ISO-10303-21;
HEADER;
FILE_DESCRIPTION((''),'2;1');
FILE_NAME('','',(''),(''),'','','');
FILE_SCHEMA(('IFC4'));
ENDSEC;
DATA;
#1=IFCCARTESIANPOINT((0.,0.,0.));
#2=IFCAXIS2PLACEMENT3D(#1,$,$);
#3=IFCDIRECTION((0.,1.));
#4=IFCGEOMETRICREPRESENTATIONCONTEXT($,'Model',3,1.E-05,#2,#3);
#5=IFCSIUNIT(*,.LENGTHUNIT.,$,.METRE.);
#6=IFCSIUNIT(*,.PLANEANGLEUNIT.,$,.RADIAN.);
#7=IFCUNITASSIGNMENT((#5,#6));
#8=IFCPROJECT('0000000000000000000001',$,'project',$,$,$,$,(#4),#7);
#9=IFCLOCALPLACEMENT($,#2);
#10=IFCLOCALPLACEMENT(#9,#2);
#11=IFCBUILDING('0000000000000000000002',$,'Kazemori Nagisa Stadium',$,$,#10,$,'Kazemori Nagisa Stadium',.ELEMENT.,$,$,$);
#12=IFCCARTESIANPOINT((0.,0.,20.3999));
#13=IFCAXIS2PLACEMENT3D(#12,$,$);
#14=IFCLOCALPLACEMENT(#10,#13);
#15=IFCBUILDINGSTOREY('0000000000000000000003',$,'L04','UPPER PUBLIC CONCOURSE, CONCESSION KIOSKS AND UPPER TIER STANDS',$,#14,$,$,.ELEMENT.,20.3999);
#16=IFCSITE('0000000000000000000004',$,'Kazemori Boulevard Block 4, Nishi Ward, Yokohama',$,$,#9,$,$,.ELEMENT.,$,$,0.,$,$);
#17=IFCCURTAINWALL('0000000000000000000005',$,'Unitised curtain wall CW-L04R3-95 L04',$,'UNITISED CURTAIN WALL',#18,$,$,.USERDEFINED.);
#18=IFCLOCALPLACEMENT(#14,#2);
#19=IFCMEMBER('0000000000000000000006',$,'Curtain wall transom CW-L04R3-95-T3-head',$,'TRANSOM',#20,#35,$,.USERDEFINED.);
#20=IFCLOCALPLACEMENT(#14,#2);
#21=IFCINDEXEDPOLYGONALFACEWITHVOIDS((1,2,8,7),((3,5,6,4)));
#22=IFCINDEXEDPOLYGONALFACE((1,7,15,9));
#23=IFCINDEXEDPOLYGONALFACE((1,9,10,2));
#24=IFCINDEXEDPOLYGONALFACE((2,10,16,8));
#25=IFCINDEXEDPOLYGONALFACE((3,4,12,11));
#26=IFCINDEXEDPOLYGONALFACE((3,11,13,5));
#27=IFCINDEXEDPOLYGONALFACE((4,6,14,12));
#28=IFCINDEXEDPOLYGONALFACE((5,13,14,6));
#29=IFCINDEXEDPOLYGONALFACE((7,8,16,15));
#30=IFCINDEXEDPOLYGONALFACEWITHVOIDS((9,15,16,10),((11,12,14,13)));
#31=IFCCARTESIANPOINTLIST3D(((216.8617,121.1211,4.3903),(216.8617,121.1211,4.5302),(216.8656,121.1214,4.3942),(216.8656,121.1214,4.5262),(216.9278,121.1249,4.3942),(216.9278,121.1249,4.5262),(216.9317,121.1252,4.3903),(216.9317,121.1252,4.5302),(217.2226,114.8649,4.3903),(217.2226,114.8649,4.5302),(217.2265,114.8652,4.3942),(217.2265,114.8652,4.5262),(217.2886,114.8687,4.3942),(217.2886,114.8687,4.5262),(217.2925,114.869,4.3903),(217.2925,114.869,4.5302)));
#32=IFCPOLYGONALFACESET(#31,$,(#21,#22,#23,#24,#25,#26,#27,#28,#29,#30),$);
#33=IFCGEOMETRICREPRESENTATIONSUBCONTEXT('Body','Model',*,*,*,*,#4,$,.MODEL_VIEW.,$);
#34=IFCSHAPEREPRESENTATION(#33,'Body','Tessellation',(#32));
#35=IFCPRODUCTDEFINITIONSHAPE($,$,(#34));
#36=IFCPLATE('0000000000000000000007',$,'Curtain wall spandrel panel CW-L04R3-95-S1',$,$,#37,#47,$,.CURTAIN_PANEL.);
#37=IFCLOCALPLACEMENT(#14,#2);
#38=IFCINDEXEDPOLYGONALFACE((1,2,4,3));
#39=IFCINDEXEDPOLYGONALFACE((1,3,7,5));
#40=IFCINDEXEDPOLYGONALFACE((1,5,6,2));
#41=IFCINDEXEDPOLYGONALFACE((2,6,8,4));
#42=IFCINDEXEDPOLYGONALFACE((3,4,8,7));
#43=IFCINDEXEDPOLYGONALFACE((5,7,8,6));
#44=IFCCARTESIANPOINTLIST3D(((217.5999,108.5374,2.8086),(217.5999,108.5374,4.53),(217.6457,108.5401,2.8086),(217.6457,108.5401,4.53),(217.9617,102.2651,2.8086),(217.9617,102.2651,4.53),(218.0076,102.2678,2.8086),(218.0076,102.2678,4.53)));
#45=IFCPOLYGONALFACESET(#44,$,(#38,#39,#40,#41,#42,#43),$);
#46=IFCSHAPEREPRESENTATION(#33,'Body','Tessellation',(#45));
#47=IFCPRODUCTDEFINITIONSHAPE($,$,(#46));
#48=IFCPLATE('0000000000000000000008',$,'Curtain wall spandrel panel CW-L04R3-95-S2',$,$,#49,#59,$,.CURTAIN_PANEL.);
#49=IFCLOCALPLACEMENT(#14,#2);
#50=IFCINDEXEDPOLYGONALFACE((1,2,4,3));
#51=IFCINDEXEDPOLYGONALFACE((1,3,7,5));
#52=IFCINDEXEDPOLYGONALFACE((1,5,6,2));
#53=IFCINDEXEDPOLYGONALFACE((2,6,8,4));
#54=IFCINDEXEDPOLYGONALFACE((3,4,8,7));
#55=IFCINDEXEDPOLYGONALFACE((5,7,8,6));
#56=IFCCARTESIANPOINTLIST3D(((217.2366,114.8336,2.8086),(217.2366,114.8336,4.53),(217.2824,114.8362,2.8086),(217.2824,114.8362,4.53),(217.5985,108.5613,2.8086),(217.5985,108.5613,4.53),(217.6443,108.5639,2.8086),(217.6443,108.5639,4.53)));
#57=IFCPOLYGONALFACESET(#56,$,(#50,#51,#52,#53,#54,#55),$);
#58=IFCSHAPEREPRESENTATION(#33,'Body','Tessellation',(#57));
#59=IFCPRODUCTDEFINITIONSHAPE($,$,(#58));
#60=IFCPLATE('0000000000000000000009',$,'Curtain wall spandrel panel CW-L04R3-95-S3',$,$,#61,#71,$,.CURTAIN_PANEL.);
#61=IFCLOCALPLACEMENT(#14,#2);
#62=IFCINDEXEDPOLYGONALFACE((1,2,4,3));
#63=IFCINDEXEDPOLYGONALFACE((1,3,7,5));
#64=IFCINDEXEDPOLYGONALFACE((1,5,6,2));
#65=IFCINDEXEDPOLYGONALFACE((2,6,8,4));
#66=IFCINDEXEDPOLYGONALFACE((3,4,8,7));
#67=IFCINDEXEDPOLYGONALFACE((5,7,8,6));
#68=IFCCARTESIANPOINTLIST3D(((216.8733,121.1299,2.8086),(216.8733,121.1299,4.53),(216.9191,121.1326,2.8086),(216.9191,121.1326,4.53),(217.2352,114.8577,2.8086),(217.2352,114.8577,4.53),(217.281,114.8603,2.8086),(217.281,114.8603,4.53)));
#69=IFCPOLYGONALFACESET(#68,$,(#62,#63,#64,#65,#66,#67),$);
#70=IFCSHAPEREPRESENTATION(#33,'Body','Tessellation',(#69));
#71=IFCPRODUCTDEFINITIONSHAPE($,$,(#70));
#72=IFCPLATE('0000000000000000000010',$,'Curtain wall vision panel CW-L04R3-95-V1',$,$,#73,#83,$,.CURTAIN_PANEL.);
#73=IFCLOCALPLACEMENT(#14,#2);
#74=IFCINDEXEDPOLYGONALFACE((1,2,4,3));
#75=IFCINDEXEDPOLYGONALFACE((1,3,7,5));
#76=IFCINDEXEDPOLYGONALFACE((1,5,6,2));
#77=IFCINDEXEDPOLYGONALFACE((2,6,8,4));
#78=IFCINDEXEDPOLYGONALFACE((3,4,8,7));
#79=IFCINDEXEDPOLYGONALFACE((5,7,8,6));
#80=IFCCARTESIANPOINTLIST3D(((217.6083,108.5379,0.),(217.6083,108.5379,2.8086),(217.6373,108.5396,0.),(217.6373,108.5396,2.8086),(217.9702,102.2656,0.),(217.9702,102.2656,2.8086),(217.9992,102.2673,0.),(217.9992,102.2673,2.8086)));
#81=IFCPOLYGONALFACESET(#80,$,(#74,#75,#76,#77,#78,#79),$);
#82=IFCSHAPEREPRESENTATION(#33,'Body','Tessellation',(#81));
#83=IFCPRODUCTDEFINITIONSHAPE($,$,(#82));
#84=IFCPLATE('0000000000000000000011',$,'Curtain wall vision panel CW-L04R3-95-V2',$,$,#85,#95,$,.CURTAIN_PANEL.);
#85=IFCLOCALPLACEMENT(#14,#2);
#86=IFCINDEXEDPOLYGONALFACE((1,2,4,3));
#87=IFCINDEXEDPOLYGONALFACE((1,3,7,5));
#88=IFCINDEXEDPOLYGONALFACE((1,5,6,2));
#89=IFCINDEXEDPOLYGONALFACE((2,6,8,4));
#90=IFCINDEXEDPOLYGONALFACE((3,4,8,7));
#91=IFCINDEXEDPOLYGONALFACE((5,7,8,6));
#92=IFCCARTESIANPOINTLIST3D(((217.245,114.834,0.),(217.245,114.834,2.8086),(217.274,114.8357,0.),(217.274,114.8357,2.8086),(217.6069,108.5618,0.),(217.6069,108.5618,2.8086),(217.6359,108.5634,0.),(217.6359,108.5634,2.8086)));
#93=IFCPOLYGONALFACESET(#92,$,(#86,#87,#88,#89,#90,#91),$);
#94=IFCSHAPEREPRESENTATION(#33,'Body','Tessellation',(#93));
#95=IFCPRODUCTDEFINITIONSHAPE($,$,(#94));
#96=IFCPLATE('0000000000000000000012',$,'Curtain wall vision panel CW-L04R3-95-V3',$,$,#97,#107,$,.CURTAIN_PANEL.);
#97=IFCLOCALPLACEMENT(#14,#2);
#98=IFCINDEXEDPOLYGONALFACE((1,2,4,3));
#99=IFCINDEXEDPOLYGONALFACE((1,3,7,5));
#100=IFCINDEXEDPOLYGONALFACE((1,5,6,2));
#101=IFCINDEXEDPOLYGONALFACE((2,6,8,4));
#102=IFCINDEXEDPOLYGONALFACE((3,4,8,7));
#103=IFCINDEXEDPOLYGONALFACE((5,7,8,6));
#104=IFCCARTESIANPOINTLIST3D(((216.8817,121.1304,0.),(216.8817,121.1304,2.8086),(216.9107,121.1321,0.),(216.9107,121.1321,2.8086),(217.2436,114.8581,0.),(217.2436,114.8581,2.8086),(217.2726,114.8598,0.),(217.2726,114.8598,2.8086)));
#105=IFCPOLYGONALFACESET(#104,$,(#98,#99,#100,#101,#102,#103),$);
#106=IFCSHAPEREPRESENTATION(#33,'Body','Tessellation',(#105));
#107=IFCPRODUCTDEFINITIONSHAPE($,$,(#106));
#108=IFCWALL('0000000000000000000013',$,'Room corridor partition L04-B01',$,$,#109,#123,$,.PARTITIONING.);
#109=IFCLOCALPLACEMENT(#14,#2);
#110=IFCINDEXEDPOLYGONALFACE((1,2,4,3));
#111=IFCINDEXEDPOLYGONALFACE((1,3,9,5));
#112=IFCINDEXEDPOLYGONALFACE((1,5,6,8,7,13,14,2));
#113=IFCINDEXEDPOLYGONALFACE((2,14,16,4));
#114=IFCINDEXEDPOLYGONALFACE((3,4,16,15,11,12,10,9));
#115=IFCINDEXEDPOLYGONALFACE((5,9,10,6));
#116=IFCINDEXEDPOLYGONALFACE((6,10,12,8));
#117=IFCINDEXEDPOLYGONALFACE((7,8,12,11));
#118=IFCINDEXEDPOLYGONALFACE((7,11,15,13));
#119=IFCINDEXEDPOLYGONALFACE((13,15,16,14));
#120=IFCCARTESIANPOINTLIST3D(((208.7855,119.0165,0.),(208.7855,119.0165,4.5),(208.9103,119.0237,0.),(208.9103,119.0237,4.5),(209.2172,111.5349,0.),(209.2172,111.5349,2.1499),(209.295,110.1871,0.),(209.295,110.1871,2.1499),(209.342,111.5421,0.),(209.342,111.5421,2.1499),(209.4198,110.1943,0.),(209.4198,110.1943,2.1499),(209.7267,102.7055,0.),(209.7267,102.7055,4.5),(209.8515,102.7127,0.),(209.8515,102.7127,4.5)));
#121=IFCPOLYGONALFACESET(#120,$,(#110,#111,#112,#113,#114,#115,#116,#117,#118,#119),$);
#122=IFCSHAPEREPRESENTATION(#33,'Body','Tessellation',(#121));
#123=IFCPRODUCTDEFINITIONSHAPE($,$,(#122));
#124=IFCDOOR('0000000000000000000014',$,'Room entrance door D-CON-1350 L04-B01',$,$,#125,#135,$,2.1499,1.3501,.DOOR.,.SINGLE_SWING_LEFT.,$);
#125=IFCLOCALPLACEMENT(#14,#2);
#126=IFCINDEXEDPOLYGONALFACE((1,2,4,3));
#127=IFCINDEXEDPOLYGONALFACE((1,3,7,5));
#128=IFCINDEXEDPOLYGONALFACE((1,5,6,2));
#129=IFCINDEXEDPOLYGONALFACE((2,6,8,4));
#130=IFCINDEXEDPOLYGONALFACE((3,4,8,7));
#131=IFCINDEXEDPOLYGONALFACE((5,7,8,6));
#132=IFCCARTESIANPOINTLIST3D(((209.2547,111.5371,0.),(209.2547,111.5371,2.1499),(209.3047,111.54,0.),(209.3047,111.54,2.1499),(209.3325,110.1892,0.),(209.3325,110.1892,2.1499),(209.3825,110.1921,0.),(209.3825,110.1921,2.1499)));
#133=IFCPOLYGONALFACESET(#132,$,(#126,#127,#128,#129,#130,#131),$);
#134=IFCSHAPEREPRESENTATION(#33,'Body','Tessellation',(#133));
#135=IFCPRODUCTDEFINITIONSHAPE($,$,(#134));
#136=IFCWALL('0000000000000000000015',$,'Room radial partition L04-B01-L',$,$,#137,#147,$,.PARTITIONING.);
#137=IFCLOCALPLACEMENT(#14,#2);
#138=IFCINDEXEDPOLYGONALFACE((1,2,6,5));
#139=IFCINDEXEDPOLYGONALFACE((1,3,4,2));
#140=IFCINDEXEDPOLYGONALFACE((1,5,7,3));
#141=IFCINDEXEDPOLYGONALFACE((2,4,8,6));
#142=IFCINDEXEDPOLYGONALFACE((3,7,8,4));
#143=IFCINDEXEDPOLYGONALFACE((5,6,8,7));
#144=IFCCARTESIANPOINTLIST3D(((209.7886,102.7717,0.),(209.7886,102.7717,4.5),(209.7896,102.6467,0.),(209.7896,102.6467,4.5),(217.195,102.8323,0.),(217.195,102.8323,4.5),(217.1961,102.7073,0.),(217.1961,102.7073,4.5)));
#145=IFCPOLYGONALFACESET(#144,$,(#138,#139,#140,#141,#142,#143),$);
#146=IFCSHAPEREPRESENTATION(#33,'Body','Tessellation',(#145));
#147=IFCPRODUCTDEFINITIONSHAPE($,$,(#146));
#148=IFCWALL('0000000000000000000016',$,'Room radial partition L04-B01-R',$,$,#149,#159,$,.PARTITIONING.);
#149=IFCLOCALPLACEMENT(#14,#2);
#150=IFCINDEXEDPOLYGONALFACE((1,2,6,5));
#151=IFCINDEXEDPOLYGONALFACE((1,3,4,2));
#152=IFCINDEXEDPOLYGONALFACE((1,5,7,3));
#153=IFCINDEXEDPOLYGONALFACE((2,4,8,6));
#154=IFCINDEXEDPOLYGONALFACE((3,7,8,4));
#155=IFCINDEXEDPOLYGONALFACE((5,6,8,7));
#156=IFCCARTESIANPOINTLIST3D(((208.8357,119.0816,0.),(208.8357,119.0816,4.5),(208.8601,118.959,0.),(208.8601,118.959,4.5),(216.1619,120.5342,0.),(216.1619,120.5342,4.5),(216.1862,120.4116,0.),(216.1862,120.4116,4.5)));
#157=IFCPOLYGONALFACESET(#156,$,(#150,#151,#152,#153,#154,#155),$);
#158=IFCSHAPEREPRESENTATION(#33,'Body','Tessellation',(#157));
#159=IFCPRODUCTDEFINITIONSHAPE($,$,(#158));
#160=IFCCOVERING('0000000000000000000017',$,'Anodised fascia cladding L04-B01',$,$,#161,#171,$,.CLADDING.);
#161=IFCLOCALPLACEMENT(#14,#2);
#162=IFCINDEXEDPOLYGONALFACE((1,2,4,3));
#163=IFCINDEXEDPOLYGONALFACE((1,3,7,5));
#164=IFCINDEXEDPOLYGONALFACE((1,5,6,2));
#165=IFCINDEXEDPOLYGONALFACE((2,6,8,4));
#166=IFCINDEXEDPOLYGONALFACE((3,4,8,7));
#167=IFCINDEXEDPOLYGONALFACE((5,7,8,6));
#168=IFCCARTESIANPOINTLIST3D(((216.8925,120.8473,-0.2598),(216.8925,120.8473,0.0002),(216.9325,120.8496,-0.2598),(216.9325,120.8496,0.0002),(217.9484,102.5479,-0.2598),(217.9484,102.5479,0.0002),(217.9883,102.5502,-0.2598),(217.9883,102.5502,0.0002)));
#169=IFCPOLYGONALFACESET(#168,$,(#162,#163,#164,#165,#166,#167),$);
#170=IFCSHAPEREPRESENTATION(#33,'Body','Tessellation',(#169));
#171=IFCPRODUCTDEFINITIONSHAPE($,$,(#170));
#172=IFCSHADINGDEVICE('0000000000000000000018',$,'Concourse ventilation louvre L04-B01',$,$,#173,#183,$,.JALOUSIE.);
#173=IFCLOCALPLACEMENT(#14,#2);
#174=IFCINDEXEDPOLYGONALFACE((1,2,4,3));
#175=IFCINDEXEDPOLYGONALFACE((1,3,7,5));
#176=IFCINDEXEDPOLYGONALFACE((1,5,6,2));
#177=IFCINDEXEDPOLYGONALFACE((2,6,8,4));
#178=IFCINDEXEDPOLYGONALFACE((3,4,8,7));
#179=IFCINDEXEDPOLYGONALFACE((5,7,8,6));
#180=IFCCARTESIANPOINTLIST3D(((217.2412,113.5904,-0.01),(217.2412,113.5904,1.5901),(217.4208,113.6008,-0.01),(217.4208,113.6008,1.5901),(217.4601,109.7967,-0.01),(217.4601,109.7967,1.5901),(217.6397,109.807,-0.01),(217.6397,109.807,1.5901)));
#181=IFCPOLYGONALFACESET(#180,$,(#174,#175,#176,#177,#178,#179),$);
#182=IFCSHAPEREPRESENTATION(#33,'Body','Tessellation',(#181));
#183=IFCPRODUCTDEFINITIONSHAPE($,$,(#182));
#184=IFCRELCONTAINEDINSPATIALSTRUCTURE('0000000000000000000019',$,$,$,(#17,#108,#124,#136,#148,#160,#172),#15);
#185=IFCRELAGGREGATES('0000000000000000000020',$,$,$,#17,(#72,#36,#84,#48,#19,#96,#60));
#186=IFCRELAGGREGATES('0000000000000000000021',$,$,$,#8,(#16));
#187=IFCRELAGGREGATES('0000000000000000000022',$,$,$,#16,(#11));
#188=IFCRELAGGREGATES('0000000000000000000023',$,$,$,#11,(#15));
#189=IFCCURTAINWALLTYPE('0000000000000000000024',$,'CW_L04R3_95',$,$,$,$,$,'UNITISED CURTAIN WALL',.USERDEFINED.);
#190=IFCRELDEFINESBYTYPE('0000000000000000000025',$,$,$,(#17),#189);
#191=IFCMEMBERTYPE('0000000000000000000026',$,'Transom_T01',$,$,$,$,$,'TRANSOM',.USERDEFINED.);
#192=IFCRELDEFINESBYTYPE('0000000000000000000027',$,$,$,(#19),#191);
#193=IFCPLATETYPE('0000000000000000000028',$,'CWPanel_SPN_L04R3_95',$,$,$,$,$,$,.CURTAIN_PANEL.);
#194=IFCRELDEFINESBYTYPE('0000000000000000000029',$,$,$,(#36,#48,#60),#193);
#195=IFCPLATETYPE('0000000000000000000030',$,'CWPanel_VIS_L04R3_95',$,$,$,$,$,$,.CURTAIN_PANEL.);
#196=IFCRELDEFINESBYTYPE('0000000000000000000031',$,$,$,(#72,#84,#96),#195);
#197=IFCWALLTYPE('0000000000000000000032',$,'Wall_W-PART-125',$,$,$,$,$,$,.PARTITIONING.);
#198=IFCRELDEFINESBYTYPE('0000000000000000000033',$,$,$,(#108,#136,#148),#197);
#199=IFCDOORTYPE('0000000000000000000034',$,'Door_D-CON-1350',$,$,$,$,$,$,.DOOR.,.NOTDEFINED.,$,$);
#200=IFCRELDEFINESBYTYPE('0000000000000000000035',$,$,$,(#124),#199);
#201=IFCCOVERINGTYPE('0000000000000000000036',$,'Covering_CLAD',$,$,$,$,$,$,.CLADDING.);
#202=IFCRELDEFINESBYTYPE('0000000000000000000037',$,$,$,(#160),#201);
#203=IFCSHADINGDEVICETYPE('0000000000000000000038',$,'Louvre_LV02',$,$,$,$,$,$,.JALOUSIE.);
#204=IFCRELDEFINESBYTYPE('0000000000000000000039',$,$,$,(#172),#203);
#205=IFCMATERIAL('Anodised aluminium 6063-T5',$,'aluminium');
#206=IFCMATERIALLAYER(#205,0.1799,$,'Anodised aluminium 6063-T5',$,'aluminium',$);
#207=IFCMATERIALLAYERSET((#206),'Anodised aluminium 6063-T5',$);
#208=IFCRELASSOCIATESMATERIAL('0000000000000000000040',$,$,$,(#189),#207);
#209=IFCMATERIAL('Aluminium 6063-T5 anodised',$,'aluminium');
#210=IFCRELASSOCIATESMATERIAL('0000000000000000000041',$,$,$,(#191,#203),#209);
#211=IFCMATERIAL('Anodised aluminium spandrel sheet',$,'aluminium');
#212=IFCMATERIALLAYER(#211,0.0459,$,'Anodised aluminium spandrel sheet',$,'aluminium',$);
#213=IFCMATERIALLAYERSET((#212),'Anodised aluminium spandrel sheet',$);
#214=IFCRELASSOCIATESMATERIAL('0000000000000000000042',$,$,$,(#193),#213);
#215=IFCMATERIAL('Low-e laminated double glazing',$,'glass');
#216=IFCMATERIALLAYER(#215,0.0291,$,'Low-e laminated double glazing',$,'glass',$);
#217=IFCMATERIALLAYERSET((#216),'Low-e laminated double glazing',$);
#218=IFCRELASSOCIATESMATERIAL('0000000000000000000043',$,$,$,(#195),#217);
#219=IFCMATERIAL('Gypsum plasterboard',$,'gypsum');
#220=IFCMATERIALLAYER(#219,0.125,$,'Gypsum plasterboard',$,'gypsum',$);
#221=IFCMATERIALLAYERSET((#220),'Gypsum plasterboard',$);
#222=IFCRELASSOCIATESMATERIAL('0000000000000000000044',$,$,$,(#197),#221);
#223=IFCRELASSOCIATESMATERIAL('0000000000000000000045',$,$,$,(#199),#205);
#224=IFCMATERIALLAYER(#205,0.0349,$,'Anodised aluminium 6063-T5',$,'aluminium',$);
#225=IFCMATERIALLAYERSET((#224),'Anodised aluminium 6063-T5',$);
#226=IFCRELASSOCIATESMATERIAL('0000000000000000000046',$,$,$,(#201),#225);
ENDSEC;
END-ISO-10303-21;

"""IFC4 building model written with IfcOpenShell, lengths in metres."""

from ifc_helpers import new_model, si_unit, direction, frame, frame_2d, origin, origin_2d, place, context, subcontext, project, spatial, rectangle, hollow_rectangle, extrude, material, layer, layer_set, material_profile, profile_set, type_object, element, fill, aggregate, save


model = new_model("IFC4")

# Units and contexts
model_context = context("Model", 3, precision=1e-05, world=origin(), true_north=direction((0.0, 1.0)))
body_context = subcontext(model_context, "Body", "Model", "MODEL_VIEW")
ifc_project = project(units=[si_unit("LENGTHUNIT", "METRE"), si_unit("PLANEANGLEUNIT", "RADIAN")], contexts=[model_context])

# Site, building, storey
site_placement = place(None, origin())
site = spatial("IfcSite", under=ifc_project, at=site_placement, Name="Kazemori Boulevard Block 4, Nishi Ward, Yokohama", CompositionType="ELEMENT", RefElevation=0.0)
building_placement = place(site_placement, origin())
building = spatial("IfcBuilding", under=site, at=building_placement, Name="Kazemori Nagisa Stadium", LongName="Kazemori Nagisa Stadium", CompositionType="ELEMENT")
storey_placement = place(building_placement, frame((0.0, 0.0, 20.3999)))
storey = spatial("IfcBuildingStorey", under=building, at=storey_placement, Name="L04", Description="UPPER PUBLIC CONCOURSE, CONCESSION KIOSKS AND UPPER TIER STANDS", CompositionType="ELEMENT", Elevation=20.3999)

# Curtain wall, member, plates
ifc_material_1 = material(Name="Anodised aluminium 6063-T5", Category="aluminium")
ifc_layer_1 = layer(ifc_material_1, 0.1799, Name="Anodised aluminium 6063-T5", Category="aluminium")
ifc_layer_set_1 = layer_set([ifc_layer_1], Name="Anodised aluminium 6063-T5")
curtain_wall_type = type_object("IfcCurtainWallType", Name="CW_L04R3_95", ElementType="UNITISED CURTAIN WALL", PredefinedType="USERDEFINED", material=ifc_layer_set_1)
curtain_wall_placement = place(storey_placement, origin())
curtain_wall = element("IfcCurtainWall", 1, at=curtain_wall_placement, inside=storey, type_object=curtain_wall_type, Name="Unitised curtain wall CW-L04R3-95 L04", ObjectType="UNITISED CURTAIN WALL", PredefinedType="USERDEFINED")
ifc_material_2 = material(Name="Aluminium 6063-T5 anodised", Category="aluminium")
ifc_material_profile_1 = material_profile(ifc_material_2, hollow_rectangle(XDim=0.0701, YDim=0.1399, WallThickness=0.0039, at=origin_2d()), Name="ALU-TRAN-70x140x4")
ifc_profile_set_1 = profile_set([ifc_material_profile_1], Name="Aluminium 6063-T5 anodised")
member_type_1 = type_object("IfcMemberType", Name="Transom_T01", ElementType="TRANSOM", PredefinedType="USERDEFINED", material=ifc_profile_set_1)
member_1_placement = place(storey_placement, frame((217.2576, 114.8669, 4.4602), z_axis=(-0.057582, 0.998341, 0.0), x_axis=(-0.998341, -0.057582, 0.0)))
member_1 = element("IfcMember", 2, at=member_1_placement, type_object=member_type_1, Name="Curtain wall transom CW-L04R3-95-T3-head", ObjectType="TRANSOM", PredefinedType="USERDEFINED", context=body_context, shape_type="SweptSolid", body=[
    extrude(hollow_rectangle(XDim=0.0701, YDim=0.1399, WallThickness=0.0039, at=origin_2d()), origin(), (0.0, 0.0, 1.0), 6.2666),
])
ifc_material_3 = material(Name="Anodised aluminium spandrel sheet", Category="aluminium")
ifc_layer_2 = layer(ifc_material_3, 0.0459, Name="Anodised aluminium spandrel sheet", Category="aluminium")
ifc_layer_set_2 = layer_set([ifc_layer_2], Name="Anodised aluminium spandrel sheet")
plate_type_1 = type_object("IfcPlateType", Name="CWPanel_SPN_L04R3_95", PredefinedType="CURTAIN_PANEL", material=ifc_layer_set_2)
plate_1_placement = place(storey_placement, frame((217.8037, 105.4026, 2.8086), z_axis=(0.0, 0.0, 1.0), x_axis=(-0.057602, 0.99834, 0.0)))
plate_1 = element("IfcPlate", 3, at=plate_1_placement, type_object=plate_type_1, Name="Curtain wall spandrel panel CW-L04R3-95-S1", PredefinedType="CURTAIN_PANEL", context=body_context, shape_type="SweptSolid", body=[
    extrude(rectangle(XDim=6.2827, YDim=0.0459, at=origin_2d()), origin(), (0.0, 0.0, 1.0), 1.7214),
])
plate_2_placement = place(storey_placement, frame((217.4404, 111.6987, 2.8086), z_axis=(0.0, 0.0, 1.0), x_axis=(-0.057602, 0.99834, 0.0)))
plate_2 = element("IfcPlate", 4, at=plate_2_placement, type_object=plate_type_1, Name="Curtain wall spandrel panel CW-L04R3-95-S2", PredefinedType="CURTAIN_PANEL", context=body_context, shape_type="SweptSolid", body=[
    extrude(rectangle(XDim=6.2827, YDim=0.0459, at=origin_2d()), origin(), (0.0, 0.0, 1.0), 1.7214),
])
plate_3_placement = place(storey_placement, frame((217.0771, 117.9951, 2.8086), z_axis=(0.0, 0.0, 1.0), x_axis=(-0.057602, 0.99834, 0.0)))
plate_3 = element("IfcPlate", 5, at=plate_3_placement, type_object=plate_type_1, Name="Curtain wall spandrel panel CW-L04R3-95-S3", PredefinedType="CURTAIN_PANEL", context=body_context, shape_type="SweptSolid", body=[
    extrude(rectangle(XDim=6.2827, YDim=0.0459, at=origin_2d()), origin(), (0.0, 0.0, 1.0), 1.7214),
])
ifc_material_4 = material(Name="Low-e laminated double glazing", Category="glass")
ifc_layer_3 = layer(ifc_material_4, 0.0291, Name="Low-e laminated double glazing", Category="glass")
ifc_layer_set_3 = layer_set([ifc_layer_3], Name="Low-e laminated double glazing")
plate_type_2 = type_object("IfcPlateType", Name="CWPanel_VIS_L04R3_95", PredefinedType="CURTAIN_PANEL", material=ifc_layer_set_3)
plate_4_placement = place(storey_placement, frame((217.8037, 105.4026, 0.0), z_axis=(0.0, 0.0, 1.0), x_axis=(-0.057602, 0.99834, 0.0)))
plate_4 = element("IfcPlate", 6, at=plate_4_placement, type_object=plate_type_2, Name="Curtain wall vision panel CW-L04R3-95-V1", PredefinedType="CURTAIN_PANEL", context=body_context, shape_type="SweptSolid", body=[
    extrude(rectangle(XDim=6.2827, YDim=0.0291, at=origin_2d()), origin(), (0.0, 0.0, 1.0), 2.8086),
])
plate_5_placement = place(storey_placement, frame((217.4404, 111.6987, 0.0), z_axis=(0.0, 0.0, 1.0), x_axis=(-0.057602, 0.99834, 0.0)))
plate_5 = element("IfcPlate", 7, at=plate_5_placement, type_object=plate_type_2, Name="Curtain wall vision panel CW-L04R3-95-V2", PredefinedType="CURTAIN_PANEL", context=body_context, shape_type="SweptSolid", body=[
    extrude(rectangle(XDim=6.2827, YDim=0.0291, at=origin_2d()), origin(), (0.0, 0.0, 1.0), 2.8086),
])
plate_6_placement = place(storey_placement, frame((217.0771, 117.9951, 0.0), z_axis=(0.0, 0.0, 1.0), x_axis=(-0.057602, 0.99834, 0.0)))
plate_6 = element("IfcPlate", 8, at=plate_6_placement, type_object=plate_type_2, Name="Curtain wall vision panel CW-L04R3-95-V3", PredefinedType="CURTAIN_PANEL", context=body_context, shape_type="SweptSolid", body=[
    extrude(rectangle(XDim=6.2827, YDim=0.0291, at=origin_2d()), origin(), (0.0, 0.0, 1.0), 2.8086),
])
aggregate(curtain_wall, [plate_4, plate_1, plate_5, plate_2, member_1, plate_6, plate_3])

# Wall, opening, door
ifc_material_5 = material(Name="Gypsum plasterboard", Category="gypsum")
ifc_layer_4 = layer(ifc_material_5, 0.125, Name="Gypsum plasterboard", Category="gypsum")
ifc_layer_set_4 = layer_set([ifc_layer_4], Name="Gypsum plasterboard")
wall_type = type_object("IfcWallType", Name="Wall_W-PART-125", PredefinedType="PARTITIONING", material=ifc_layer_set_4)
wall_1_placement = place(storey_placement, frame((209.7891, 102.7092, 0.0), z_axis=(0.0, 0.0, 1.0), x_axis=(-0.057605, 0.998339, 0.0)))
wall_1 = element("IfcWall", 9, at=wall_1_placement, inside=storey, type_object=wall_type, Name="Room corridor partition L04-B01", PredefinedType="PARTITIONING", context=body_context, shape_type="SweptSolid", body=[
    extrude(rectangle(XDim=16.3381, YDim=0.125, at=frame_2d((8.1689, 0.0))), origin(), (0.0, 0.0, 1.0), 4.5),
])
opening_placement = place(wall_1_placement, frame((7.4939, 0.0, 0.0)))
opening = element("IfcOpeningElement", 10, at=opening_placement, cuts=wall_1, PredefinedType="OPENING", context=body_context, shape_type="SweptSolid", body=[
    extrude(rectangle(XDim=1.3501, YDim=2.1499, at=frame_2d((0.675, 1.075))), frame((0.0, 0.0725, 0.0), z_axis=(0.0, -1.0, 0.0), x_axis=(1.0, 0.0, 0.0)), (0.0, 0.0, 1.0), 0.145),
])
door_type = type_object("IfcDoorType", Name="Door_D-CON-1350", OperationType="NOTDEFINED", PredefinedType="DOOR", material=ifc_material_1)
door_placement = place(opening_placement, origin())
door = element("IfcDoor", 11, at=door_placement, inside=storey, type_object=door_type, Name="Room entrance door D-CON-1350 L04-B01", OperationType="SINGLE_SWING_LEFT", OverallHeight=2.1499, OverallWidth=1.3501, PredefinedType="DOOR", context=body_context, shape_type="SweptSolid", body=[
    extrude(rectangle(XDim=1.3501, YDim=2.1499, at=frame_2d((0.675, 1.075))), frame((0.0, 0.0249, 0.0), z_axis=(0.0, -1.0, 0.0), x_axis=(1.0, 0.0, 0.0)), (0.0, 0.0, 1.0), 0.05),
])
fill(opening, door)

# Walls
wall_2_placement = place(storey_placement, frame((209.7891, 102.7092, 0.0), z_axis=(0.0, 0.0, 1.0), x_axis=(0.999967, 0.008175, 0.0)))
element("IfcWall", 12, at=wall_2_placement, inside=storey, type_object=wall_type, Name="Room radial partition L04-B01-L", PredefinedType="PARTITIONING", context=body_context, shape_type="SweptSolid", body=[
    extrude(rectangle(XDim=7.4067, YDim=0.125, at=frame_2d((3.7034, 0.0))), origin(), (0.0, 0.0, 1.0), 4.5),
])
wall_3_placement = place(storey_placement, frame((208.8479, 119.0203, 0.0), z_axis=(0.0, 0.0, 1.0), x_axis=(0.980904, 0.194494, 0.0)))
element("IfcWall", 13, at=wall_3_placement, inside=storey, type_object=wall_type, Name="Room radial partition L04-B01-R", PredefinedType="PARTITIONING", context=body_context, shape_type="SweptSolid", body=[
    extrude(rectangle(XDim=7.4688, YDim=0.125, at=frame_2d((3.7344, 0.0))), origin(), (0.0, 0.0, 1.0), 4.5),
])

# Covering
ifc_layer_5 = layer(ifc_material_1, 0.0349, Name="Anodised aluminium 6063-T5", Category="aluminium")
ifc_layer_set_5 = layer_set([ifc_layer_5], Name="Anodised aluminium 6063-T5")
covering_type = type_object("IfcCoveringType", Name="Covering_CLAD", PredefinedType="CLADDING", material=ifc_layer_set_5)
covering_placement = place(storey_placement, frame((217.4404, 111.6987, -0.2598), z_axis=(0.0, 0.0, 1.0), x_axis=(-0.057602, 0.99834, 0.0)))
element("IfcCovering", 14, at=covering_placement, inside=storey, type_object=covering_type, Name="Anodised fascia cladding L04-B01", PredefinedType="CLADDING", context=body_context, shape_type="SweptSolid", body=[
    extrude(rectangle(XDim=18.3298, YDim=0.04, at=origin_2d()), origin(), (0.0, 0.0, 1.0), 0.26),
])

# Shading device
shading_device_type = type_object("IfcShadingDeviceType", Name="Louvre_LV02", PredefinedType="JALOUSIE", material=ifc_material_2)
shading_device_placement = place(storey_placement, frame((217.4404, 111.6987, -0.01), z_axis=(0.0, 0.0, 1.0), x_axis=(-0.057602, 0.99834, 0.0)))
element("IfcShadingDevice", 15, at=shading_device_placement, inside=storey, type_object=shading_device_type, Name="Concourse ventilation louvre L04-B01", PredefinedType="JALOUSIE", context=body_context, shape_type="SweptSolid", body=[
    extrude(rectangle(XDim=3.8, YDim=0.1799, at=origin_2d()), origin(), (0.0, 0.0, 1.0), 1.6001),
])

save(model, "model.ifc")
